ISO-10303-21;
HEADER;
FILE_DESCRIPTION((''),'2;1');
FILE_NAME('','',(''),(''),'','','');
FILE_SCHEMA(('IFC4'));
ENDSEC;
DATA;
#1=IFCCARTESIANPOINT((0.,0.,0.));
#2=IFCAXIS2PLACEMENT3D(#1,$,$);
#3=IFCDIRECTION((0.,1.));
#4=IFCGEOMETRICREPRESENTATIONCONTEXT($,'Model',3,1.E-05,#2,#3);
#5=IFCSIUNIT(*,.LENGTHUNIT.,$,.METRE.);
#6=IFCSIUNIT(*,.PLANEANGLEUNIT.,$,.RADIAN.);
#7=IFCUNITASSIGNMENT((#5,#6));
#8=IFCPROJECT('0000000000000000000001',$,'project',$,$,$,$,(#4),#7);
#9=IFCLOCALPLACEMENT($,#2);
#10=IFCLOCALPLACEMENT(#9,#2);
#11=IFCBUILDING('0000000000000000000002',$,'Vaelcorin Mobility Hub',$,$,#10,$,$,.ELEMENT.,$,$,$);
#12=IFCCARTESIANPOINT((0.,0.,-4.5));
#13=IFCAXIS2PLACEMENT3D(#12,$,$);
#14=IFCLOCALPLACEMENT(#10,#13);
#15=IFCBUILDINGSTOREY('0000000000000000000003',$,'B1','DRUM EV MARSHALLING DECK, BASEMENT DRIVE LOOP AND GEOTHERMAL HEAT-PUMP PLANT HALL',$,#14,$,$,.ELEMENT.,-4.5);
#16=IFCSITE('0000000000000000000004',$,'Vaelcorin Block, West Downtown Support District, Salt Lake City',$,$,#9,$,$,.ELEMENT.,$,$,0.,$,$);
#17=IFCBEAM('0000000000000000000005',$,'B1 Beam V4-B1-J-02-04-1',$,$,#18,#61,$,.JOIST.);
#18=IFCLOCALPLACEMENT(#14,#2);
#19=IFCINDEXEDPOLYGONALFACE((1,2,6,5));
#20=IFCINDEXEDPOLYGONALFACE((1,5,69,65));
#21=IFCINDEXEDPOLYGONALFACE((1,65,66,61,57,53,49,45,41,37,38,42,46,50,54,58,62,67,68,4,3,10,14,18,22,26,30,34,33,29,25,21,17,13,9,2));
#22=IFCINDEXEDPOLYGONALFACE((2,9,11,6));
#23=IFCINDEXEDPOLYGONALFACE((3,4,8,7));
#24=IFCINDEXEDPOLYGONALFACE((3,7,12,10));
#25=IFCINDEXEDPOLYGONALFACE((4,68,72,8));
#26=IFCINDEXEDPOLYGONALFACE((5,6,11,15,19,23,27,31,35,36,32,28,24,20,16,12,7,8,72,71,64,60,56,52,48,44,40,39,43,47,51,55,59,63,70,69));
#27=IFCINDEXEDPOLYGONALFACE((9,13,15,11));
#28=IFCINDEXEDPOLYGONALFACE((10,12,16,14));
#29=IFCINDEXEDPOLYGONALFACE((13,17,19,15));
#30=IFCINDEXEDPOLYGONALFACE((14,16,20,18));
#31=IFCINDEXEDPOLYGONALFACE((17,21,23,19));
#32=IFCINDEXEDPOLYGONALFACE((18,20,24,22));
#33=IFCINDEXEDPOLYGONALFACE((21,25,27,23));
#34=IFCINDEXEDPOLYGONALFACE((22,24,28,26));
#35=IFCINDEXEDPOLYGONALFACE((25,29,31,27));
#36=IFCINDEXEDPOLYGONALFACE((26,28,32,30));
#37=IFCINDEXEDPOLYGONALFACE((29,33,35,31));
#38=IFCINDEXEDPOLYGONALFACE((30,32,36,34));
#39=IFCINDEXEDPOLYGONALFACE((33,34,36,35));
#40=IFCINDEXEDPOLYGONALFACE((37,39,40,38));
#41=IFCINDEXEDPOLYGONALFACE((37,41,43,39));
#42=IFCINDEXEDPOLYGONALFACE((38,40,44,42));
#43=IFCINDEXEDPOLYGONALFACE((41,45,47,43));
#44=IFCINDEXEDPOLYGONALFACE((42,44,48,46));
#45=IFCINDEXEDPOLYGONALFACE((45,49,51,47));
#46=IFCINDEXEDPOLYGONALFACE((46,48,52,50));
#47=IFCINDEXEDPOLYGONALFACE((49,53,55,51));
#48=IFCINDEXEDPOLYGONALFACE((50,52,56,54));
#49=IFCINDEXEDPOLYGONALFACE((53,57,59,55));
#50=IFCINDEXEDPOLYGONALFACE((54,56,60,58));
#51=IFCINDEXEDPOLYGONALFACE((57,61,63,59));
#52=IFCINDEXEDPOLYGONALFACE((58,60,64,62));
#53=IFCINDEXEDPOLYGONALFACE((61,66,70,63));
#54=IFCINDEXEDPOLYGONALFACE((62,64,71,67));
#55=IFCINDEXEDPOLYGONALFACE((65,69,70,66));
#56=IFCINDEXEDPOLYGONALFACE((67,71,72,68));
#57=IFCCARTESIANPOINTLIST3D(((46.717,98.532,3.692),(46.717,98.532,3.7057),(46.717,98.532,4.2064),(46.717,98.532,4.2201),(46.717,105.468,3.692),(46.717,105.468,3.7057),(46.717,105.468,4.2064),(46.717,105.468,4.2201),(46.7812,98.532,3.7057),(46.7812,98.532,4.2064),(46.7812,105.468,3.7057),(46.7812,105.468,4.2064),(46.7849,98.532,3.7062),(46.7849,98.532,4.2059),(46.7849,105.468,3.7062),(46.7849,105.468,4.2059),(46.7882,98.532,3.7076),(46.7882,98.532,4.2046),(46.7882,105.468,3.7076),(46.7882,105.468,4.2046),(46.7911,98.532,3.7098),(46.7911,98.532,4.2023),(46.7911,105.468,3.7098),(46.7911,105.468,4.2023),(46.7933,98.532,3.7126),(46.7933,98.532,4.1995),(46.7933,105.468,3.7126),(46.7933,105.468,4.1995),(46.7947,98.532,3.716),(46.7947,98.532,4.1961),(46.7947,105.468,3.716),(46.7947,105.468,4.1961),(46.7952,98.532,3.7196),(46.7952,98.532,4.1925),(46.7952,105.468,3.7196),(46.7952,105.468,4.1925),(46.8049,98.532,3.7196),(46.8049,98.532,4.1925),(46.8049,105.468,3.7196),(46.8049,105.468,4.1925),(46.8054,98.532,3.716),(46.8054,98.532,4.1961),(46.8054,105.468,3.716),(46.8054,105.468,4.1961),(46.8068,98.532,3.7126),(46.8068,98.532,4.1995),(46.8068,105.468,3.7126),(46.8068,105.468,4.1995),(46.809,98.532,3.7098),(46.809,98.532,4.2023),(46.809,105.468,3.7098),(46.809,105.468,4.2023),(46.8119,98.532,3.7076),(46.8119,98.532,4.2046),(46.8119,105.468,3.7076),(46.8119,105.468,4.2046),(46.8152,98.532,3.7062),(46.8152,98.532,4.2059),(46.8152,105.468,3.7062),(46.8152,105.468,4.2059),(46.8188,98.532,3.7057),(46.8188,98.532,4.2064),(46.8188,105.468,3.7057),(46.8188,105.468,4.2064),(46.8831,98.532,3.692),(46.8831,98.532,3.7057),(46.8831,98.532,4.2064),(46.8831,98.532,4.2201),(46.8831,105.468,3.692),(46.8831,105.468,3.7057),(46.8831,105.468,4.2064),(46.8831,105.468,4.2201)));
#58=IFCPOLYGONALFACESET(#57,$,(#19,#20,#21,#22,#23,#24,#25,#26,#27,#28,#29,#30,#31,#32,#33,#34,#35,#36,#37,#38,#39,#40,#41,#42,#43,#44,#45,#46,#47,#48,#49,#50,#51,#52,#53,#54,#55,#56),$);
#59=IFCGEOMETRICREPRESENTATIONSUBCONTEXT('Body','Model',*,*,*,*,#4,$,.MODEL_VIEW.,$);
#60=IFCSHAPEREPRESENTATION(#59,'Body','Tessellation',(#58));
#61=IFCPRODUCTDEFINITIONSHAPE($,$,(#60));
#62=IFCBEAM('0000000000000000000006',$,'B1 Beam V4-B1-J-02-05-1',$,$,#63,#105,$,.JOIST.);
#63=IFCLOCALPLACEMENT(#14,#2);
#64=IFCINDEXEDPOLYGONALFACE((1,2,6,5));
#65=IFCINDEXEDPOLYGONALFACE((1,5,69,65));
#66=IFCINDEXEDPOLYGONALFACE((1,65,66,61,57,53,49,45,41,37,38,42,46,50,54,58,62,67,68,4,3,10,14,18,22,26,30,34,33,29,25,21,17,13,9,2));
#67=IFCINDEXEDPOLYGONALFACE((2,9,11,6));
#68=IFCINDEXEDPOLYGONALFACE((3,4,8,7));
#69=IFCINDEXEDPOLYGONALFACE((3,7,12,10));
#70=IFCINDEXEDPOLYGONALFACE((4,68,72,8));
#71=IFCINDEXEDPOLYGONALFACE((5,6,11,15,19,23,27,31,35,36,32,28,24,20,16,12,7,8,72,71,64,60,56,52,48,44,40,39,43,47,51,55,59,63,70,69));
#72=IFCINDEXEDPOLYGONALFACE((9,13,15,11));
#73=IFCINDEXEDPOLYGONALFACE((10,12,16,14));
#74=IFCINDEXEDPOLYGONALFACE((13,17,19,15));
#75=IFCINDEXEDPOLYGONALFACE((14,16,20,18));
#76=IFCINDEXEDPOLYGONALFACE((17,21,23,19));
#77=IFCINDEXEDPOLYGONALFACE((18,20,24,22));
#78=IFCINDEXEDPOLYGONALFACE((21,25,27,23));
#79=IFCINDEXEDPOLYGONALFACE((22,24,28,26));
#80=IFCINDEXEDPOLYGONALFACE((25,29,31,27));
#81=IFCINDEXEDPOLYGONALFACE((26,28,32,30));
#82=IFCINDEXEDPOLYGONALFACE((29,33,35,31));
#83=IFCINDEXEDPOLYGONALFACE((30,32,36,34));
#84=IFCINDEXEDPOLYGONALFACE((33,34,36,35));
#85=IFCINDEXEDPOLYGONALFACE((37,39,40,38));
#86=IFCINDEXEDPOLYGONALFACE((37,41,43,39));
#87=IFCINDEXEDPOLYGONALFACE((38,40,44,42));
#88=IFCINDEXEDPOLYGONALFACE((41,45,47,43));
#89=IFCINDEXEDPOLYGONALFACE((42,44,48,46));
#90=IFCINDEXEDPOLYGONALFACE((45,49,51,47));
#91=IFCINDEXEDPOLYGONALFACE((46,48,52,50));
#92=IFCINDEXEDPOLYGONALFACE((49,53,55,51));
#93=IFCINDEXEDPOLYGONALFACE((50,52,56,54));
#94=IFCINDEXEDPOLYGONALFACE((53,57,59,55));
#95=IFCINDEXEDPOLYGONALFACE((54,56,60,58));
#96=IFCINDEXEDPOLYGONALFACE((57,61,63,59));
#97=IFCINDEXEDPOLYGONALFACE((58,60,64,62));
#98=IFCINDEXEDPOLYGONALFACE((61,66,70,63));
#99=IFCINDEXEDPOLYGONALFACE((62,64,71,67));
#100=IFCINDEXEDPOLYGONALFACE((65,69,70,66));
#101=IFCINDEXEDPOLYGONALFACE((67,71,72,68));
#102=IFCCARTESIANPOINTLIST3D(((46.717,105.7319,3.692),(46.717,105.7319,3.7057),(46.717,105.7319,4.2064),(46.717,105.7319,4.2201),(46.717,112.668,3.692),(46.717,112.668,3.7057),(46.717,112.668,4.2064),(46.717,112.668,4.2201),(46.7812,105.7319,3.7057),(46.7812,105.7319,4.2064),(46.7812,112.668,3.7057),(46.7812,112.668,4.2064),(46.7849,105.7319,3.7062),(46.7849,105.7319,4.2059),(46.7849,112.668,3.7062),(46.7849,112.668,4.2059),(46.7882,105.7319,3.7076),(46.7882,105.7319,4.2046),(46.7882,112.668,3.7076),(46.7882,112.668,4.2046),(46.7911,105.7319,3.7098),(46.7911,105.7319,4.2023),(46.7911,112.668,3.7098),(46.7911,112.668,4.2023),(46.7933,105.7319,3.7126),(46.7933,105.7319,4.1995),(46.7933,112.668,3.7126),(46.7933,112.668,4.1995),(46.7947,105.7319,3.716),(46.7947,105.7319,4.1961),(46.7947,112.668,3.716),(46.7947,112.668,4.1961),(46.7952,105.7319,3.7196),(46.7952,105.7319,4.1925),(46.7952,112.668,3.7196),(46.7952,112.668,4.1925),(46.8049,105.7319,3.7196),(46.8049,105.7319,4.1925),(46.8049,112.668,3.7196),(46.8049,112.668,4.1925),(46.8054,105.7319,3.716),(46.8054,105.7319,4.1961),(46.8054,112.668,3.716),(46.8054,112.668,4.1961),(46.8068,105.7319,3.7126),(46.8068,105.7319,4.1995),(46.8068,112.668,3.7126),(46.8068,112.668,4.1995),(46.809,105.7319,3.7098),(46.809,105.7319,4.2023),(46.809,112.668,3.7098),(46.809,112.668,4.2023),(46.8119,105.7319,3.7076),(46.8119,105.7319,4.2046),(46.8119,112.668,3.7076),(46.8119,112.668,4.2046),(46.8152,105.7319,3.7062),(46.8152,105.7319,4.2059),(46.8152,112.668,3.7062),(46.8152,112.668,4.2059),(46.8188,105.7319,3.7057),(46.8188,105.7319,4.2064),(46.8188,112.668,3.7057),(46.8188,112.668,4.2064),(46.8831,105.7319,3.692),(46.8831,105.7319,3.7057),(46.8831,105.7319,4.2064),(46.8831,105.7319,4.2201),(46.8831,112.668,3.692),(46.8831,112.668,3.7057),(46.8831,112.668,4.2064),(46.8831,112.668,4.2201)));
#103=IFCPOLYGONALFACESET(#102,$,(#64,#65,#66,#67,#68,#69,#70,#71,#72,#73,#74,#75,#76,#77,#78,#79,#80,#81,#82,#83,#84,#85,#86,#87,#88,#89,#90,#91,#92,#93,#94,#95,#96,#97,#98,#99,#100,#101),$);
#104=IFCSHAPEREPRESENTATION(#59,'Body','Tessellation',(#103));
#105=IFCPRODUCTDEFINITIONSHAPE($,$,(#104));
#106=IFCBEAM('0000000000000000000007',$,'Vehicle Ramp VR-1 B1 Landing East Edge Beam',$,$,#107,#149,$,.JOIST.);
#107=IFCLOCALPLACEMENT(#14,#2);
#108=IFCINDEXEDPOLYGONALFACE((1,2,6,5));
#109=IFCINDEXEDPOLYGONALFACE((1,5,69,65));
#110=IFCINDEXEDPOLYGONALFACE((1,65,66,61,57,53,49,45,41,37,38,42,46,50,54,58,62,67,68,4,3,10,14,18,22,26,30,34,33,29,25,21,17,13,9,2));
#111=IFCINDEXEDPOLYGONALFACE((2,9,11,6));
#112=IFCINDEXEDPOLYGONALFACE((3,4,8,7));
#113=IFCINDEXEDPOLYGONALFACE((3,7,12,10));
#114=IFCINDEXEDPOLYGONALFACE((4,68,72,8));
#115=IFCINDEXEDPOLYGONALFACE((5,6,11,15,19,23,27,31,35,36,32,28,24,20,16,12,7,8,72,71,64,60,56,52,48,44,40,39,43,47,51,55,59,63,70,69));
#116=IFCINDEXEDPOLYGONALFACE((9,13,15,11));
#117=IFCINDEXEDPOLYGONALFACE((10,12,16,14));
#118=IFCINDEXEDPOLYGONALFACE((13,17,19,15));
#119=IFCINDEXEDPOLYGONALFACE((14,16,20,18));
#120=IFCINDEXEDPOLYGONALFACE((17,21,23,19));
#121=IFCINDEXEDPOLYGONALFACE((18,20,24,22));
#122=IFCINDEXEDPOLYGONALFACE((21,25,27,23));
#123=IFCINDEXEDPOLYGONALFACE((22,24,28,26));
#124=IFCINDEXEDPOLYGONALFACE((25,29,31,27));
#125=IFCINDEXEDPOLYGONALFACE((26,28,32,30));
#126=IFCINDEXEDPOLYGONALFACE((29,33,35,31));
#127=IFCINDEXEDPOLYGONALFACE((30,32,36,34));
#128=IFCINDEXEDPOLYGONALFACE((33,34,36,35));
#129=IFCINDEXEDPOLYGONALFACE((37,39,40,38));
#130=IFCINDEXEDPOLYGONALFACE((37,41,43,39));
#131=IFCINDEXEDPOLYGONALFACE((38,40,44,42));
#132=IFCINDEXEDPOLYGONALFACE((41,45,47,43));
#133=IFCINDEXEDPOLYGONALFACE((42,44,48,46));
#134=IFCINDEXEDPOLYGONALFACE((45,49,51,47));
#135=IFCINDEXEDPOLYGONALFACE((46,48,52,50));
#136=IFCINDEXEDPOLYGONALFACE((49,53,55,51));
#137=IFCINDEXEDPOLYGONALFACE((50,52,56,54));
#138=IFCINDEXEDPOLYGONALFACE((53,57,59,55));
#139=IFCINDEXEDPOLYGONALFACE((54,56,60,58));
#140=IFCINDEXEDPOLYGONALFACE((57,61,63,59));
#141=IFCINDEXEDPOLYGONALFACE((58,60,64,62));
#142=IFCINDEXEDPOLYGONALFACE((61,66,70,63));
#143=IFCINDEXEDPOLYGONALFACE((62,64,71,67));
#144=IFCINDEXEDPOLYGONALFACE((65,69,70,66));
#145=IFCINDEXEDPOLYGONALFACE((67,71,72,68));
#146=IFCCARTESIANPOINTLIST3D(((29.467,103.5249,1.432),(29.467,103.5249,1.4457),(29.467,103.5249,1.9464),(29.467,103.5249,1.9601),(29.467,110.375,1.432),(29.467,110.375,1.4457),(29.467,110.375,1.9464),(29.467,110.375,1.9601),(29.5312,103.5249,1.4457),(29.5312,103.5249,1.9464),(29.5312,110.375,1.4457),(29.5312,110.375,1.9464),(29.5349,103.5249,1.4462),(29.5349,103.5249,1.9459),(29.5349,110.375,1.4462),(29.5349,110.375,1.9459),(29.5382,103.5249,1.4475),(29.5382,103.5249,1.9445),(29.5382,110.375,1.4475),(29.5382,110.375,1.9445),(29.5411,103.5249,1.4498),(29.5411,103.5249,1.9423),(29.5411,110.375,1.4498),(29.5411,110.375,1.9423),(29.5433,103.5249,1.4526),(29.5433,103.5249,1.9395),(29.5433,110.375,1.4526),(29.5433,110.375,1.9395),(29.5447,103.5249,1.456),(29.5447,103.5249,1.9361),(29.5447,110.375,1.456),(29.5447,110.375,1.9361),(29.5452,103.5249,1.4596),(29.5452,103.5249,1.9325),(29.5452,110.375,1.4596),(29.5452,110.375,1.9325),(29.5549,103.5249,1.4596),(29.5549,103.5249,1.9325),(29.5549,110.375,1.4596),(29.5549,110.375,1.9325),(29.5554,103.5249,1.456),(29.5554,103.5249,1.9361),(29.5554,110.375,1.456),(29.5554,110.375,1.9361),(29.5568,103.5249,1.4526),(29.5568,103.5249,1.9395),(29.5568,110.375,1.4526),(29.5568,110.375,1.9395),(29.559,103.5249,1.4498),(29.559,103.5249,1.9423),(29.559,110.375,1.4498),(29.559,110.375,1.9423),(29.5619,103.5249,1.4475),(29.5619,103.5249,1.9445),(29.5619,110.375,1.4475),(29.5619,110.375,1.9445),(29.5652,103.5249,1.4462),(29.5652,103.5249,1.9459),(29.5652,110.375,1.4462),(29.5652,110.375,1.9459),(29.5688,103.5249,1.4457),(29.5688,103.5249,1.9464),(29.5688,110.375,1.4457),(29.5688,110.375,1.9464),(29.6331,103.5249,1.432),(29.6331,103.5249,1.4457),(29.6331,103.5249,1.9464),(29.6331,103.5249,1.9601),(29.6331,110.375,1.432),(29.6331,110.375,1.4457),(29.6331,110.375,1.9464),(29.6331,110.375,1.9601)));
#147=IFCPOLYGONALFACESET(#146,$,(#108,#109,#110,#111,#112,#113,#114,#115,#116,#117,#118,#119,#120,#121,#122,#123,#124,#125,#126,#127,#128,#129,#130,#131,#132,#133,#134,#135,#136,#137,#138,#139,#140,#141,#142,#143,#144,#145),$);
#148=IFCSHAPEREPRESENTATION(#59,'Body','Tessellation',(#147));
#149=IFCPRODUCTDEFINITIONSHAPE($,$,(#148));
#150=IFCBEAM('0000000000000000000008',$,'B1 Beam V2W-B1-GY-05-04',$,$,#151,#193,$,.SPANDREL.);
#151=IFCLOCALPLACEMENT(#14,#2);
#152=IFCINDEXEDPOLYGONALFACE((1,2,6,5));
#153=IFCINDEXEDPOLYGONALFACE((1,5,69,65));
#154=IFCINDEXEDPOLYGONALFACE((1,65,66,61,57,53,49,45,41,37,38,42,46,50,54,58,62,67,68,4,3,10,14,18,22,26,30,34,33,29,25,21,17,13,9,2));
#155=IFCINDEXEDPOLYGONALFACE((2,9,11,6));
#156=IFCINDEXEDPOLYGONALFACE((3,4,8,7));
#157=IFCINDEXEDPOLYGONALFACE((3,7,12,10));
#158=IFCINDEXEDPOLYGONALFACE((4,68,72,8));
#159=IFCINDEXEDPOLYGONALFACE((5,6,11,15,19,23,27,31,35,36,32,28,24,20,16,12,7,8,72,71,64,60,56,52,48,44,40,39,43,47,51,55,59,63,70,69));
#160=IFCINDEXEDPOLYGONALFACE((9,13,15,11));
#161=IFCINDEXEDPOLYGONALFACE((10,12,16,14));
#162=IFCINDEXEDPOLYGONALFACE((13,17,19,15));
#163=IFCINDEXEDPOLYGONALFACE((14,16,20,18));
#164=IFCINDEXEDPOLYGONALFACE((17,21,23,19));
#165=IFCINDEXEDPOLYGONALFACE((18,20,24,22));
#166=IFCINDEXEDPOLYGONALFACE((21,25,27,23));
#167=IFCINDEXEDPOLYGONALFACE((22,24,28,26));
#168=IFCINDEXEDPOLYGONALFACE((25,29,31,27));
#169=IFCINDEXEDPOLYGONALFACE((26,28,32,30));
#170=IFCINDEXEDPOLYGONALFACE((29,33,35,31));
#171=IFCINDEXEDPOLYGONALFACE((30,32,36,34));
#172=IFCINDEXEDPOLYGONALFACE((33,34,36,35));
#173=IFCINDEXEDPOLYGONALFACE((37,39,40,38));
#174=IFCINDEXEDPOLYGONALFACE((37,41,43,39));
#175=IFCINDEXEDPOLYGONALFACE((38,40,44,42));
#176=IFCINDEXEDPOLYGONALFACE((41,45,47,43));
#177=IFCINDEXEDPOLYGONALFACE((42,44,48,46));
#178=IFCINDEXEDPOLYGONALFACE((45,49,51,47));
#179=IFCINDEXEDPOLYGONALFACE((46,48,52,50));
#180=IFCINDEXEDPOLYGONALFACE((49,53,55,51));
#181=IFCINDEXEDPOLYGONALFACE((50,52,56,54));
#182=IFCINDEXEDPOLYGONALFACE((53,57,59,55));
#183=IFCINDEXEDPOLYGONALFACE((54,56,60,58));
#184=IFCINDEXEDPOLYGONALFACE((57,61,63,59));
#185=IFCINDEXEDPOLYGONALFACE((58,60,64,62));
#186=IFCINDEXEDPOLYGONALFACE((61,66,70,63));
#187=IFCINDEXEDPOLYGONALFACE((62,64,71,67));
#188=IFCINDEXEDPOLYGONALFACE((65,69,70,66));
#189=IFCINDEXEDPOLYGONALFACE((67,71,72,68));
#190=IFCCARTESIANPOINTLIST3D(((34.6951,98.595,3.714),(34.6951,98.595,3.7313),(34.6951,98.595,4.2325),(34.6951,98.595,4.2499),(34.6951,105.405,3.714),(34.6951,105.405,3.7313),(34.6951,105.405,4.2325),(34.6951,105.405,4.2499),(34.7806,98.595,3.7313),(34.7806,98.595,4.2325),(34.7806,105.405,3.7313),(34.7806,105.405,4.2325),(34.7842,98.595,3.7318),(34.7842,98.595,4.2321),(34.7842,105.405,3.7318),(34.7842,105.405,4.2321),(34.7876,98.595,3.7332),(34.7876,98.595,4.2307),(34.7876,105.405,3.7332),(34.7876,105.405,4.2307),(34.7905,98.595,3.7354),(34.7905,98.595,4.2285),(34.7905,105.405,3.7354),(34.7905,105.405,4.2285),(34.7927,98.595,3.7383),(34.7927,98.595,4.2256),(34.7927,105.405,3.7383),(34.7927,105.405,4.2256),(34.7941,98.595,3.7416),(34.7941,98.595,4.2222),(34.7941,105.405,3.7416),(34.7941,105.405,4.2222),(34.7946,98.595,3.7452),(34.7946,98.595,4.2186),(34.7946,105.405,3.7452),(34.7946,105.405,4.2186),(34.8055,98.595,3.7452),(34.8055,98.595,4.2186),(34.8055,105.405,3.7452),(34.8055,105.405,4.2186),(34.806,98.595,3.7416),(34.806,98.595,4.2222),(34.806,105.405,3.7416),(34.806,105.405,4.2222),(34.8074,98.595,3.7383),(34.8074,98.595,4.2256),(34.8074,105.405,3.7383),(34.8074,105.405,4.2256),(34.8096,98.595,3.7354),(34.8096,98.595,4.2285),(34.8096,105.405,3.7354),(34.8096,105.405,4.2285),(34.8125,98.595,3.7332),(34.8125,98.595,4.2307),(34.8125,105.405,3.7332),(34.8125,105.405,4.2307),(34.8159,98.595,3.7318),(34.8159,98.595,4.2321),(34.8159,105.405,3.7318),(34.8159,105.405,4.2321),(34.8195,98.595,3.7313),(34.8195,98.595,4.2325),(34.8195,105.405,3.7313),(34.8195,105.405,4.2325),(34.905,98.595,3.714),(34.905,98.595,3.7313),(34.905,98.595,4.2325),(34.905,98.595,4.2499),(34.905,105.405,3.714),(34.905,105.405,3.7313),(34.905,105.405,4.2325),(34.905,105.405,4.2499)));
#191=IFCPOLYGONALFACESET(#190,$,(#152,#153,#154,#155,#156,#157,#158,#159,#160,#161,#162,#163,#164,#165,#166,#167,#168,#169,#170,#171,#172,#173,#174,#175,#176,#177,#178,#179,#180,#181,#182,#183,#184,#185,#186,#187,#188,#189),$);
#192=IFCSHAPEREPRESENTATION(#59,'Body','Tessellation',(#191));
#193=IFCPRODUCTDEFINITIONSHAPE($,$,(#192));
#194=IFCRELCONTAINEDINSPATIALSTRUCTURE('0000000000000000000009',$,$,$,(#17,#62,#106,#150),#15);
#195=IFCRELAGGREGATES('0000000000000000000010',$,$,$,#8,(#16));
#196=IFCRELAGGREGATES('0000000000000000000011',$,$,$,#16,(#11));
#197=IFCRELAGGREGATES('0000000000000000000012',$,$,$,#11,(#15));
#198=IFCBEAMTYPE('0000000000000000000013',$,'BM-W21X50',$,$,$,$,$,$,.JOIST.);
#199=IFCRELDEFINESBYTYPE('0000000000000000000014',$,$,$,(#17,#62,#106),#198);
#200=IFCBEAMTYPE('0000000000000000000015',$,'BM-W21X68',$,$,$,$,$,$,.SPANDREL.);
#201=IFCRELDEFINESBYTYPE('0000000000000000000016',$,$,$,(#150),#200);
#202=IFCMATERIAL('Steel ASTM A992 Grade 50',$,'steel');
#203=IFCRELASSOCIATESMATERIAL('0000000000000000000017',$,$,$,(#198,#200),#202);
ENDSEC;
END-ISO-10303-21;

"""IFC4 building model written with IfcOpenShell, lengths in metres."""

from ifc_helpers import new_model, si_unit, direction, frame, origin, origin_2d, place, context, subcontext, project, spatial, i_section, extrude, material, material_profile, profile_set, type_object, element, save


model = new_model("IFC4")

# Units and contexts
model_context = context("Model", 3, precision=1e-05, world=origin(), true_north=direction((0.0, 1.0)))
body_context = subcontext(model_context, "Body", "Model", "MODEL_VIEW")
ifc_project = project(units=[si_unit("LENGTHUNIT", "METRE"), si_unit("PLANEANGLEUNIT", "RADIAN")], contexts=[model_context])

# Site, building, storey
site_placement = place(None, origin())
site = spatial("IfcSite", under=ifc_project, at=site_placement, Name="Vaelcorin Block, West Downtown Support District, Salt Lake City", CompositionType="ELEMENT", RefElevation=0.0)
building_placement = place(site_placement, origin())
building = spatial("IfcBuilding", under=site, at=building_placement, Name="Vaelcorin Mobility Hub", CompositionType="ELEMENT")
storey_placement = place(building_placement, frame((0.0, 0.0, -4.5)))
storey = spatial("IfcBuildingStorey", under=building, at=storey_placement, Name="B1", Description="DRUM EV MARSHALLING DECK, BASEMENT DRIVE LOOP AND GEOTHERMAL HEAT-PUMP PLANT HALL", CompositionType="ELEMENT", Elevation=-4.5)

# Shared definitions
ifc_material_1 = material(Name="Steel ASTM A992 Grade 50", Category="steel")

# Beams
ifc_material_profile_1 = material_profile(ifc_material_1, i_section(OverallWidth=0.166, OverallDepth=0.5281, WebThickness=0.0098, FlangeThickness=0.0137, FilletRadius=0.0139, at=origin_2d()), Name="W21X50")
ifc_profile_set_1 = profile_set([ifc_material_profile_1], Name="Steel ASTM A992 Grade 50")
beam_type_1 = type_object("IfcBeamType", Name="BM-W21X50", PredefinedType="JOIST", material=ifc_profile_set_1)
for number, where, z_axis, x_axis, name in (
    (1, (46.8, 98.532, 3.9561), (0.0, 1.0, 0.0), (-1.0, 0.0, 0.0), "B1 Beam V4-B1-J-02-04-1"),
    (2, (46.8, 105.7319, 3.9561), (0.0, 1.0, 0.0), (-1.0, 0.0, 0.0), "B1 Beam V4-B1-J-02-05-1"),
):
    element("IfcBeam", number, at=place(storey_placement, frame(where, z_axis=z_axis, x_axis=x_axis)), inside=storey, type_object=beam_type_1, Name=name, PredefinedType="JOIST", context=body_context, shape_type="SweptSolid", body=[
        extrude(i_section(OverallWidth=0.166, OverallDepth=0.5281, WebThickness=0.0098, FlangeThickness=0.0137, FilletRadius=0.0139, at=origin_2d()), origin(), (0.0, 0.0, 1.0), 6.936),
    ])
beam_1_placement = place(storey_placement, frame((29.55, 103.5249, 1.696), z_axis=(0.0, 1.0, 0.0), x_axis=(-1.0, 0.0, 0.0)))
element("IfcBeam", 3, at=beam_1_placement, inside=storey, type_object=beam_type_1, Name="Vehicle Ramp VR-1 B1 Landing East Edge Beam", PredefinedType="JOIST", context=body_context, shape_type="SweptSolid", body=[
    extrude(i_section(OverallWidth=0.166, OverallDepth=0.5281, WebThickness=0.0098, FlangeThickness=0.0137, FilletRadius=0.0139, at=origin_2d()), origin(), (0.0, 0.0, 1.0), 6.8501),
])
ifc_material_profile_2 = material_profile(ifc_material_1, i_section(OverallWidth=0.21, OverallDepth=0.5359, WebThickness=0.011, FlangeThickness=0.0173, FilletRadius=0.0139, at=origin_2d()), Name="W21X68")
ifc_profile_set_2 = profile_set([ifc_material_profile_2], Name="Steel ASTM A992 Grade 50")
beam_type_2 = type_object("IfcBeamType", Name="BM-W21X68", PredefinedType="SPANDREL", material=ifc_profile_set_2)
for number, where, z_axis, x_axis, name in (
    (4, (34.8, 98.595, 3.9819), (0.0, 1.0, 0.0), (-1.0, 0.0, 0.0), "B1 Beam V2W-B1-GY-05-04"),
):
    element("IfcBeam", number, at=place(storey_placement, frame(where, z_axis=z_axis, x_axis=x_axis)), inside=storey, type_object=beam_type_2, Name=name, PredefinedType="SPANDREL", context=body_context, shape_type="SweptSolid", body=[
        extrude(i_section(OverallWidth=0.21, OverallDepth=0.5359, WebThickness=0.011, FlangeThickness=0.0173, FilletRadius=0.0139, at=origin_2d()), origin(), (0.0, 0.0, 1.0), 6.8101),
    ])

save(model, "model.ifc")
